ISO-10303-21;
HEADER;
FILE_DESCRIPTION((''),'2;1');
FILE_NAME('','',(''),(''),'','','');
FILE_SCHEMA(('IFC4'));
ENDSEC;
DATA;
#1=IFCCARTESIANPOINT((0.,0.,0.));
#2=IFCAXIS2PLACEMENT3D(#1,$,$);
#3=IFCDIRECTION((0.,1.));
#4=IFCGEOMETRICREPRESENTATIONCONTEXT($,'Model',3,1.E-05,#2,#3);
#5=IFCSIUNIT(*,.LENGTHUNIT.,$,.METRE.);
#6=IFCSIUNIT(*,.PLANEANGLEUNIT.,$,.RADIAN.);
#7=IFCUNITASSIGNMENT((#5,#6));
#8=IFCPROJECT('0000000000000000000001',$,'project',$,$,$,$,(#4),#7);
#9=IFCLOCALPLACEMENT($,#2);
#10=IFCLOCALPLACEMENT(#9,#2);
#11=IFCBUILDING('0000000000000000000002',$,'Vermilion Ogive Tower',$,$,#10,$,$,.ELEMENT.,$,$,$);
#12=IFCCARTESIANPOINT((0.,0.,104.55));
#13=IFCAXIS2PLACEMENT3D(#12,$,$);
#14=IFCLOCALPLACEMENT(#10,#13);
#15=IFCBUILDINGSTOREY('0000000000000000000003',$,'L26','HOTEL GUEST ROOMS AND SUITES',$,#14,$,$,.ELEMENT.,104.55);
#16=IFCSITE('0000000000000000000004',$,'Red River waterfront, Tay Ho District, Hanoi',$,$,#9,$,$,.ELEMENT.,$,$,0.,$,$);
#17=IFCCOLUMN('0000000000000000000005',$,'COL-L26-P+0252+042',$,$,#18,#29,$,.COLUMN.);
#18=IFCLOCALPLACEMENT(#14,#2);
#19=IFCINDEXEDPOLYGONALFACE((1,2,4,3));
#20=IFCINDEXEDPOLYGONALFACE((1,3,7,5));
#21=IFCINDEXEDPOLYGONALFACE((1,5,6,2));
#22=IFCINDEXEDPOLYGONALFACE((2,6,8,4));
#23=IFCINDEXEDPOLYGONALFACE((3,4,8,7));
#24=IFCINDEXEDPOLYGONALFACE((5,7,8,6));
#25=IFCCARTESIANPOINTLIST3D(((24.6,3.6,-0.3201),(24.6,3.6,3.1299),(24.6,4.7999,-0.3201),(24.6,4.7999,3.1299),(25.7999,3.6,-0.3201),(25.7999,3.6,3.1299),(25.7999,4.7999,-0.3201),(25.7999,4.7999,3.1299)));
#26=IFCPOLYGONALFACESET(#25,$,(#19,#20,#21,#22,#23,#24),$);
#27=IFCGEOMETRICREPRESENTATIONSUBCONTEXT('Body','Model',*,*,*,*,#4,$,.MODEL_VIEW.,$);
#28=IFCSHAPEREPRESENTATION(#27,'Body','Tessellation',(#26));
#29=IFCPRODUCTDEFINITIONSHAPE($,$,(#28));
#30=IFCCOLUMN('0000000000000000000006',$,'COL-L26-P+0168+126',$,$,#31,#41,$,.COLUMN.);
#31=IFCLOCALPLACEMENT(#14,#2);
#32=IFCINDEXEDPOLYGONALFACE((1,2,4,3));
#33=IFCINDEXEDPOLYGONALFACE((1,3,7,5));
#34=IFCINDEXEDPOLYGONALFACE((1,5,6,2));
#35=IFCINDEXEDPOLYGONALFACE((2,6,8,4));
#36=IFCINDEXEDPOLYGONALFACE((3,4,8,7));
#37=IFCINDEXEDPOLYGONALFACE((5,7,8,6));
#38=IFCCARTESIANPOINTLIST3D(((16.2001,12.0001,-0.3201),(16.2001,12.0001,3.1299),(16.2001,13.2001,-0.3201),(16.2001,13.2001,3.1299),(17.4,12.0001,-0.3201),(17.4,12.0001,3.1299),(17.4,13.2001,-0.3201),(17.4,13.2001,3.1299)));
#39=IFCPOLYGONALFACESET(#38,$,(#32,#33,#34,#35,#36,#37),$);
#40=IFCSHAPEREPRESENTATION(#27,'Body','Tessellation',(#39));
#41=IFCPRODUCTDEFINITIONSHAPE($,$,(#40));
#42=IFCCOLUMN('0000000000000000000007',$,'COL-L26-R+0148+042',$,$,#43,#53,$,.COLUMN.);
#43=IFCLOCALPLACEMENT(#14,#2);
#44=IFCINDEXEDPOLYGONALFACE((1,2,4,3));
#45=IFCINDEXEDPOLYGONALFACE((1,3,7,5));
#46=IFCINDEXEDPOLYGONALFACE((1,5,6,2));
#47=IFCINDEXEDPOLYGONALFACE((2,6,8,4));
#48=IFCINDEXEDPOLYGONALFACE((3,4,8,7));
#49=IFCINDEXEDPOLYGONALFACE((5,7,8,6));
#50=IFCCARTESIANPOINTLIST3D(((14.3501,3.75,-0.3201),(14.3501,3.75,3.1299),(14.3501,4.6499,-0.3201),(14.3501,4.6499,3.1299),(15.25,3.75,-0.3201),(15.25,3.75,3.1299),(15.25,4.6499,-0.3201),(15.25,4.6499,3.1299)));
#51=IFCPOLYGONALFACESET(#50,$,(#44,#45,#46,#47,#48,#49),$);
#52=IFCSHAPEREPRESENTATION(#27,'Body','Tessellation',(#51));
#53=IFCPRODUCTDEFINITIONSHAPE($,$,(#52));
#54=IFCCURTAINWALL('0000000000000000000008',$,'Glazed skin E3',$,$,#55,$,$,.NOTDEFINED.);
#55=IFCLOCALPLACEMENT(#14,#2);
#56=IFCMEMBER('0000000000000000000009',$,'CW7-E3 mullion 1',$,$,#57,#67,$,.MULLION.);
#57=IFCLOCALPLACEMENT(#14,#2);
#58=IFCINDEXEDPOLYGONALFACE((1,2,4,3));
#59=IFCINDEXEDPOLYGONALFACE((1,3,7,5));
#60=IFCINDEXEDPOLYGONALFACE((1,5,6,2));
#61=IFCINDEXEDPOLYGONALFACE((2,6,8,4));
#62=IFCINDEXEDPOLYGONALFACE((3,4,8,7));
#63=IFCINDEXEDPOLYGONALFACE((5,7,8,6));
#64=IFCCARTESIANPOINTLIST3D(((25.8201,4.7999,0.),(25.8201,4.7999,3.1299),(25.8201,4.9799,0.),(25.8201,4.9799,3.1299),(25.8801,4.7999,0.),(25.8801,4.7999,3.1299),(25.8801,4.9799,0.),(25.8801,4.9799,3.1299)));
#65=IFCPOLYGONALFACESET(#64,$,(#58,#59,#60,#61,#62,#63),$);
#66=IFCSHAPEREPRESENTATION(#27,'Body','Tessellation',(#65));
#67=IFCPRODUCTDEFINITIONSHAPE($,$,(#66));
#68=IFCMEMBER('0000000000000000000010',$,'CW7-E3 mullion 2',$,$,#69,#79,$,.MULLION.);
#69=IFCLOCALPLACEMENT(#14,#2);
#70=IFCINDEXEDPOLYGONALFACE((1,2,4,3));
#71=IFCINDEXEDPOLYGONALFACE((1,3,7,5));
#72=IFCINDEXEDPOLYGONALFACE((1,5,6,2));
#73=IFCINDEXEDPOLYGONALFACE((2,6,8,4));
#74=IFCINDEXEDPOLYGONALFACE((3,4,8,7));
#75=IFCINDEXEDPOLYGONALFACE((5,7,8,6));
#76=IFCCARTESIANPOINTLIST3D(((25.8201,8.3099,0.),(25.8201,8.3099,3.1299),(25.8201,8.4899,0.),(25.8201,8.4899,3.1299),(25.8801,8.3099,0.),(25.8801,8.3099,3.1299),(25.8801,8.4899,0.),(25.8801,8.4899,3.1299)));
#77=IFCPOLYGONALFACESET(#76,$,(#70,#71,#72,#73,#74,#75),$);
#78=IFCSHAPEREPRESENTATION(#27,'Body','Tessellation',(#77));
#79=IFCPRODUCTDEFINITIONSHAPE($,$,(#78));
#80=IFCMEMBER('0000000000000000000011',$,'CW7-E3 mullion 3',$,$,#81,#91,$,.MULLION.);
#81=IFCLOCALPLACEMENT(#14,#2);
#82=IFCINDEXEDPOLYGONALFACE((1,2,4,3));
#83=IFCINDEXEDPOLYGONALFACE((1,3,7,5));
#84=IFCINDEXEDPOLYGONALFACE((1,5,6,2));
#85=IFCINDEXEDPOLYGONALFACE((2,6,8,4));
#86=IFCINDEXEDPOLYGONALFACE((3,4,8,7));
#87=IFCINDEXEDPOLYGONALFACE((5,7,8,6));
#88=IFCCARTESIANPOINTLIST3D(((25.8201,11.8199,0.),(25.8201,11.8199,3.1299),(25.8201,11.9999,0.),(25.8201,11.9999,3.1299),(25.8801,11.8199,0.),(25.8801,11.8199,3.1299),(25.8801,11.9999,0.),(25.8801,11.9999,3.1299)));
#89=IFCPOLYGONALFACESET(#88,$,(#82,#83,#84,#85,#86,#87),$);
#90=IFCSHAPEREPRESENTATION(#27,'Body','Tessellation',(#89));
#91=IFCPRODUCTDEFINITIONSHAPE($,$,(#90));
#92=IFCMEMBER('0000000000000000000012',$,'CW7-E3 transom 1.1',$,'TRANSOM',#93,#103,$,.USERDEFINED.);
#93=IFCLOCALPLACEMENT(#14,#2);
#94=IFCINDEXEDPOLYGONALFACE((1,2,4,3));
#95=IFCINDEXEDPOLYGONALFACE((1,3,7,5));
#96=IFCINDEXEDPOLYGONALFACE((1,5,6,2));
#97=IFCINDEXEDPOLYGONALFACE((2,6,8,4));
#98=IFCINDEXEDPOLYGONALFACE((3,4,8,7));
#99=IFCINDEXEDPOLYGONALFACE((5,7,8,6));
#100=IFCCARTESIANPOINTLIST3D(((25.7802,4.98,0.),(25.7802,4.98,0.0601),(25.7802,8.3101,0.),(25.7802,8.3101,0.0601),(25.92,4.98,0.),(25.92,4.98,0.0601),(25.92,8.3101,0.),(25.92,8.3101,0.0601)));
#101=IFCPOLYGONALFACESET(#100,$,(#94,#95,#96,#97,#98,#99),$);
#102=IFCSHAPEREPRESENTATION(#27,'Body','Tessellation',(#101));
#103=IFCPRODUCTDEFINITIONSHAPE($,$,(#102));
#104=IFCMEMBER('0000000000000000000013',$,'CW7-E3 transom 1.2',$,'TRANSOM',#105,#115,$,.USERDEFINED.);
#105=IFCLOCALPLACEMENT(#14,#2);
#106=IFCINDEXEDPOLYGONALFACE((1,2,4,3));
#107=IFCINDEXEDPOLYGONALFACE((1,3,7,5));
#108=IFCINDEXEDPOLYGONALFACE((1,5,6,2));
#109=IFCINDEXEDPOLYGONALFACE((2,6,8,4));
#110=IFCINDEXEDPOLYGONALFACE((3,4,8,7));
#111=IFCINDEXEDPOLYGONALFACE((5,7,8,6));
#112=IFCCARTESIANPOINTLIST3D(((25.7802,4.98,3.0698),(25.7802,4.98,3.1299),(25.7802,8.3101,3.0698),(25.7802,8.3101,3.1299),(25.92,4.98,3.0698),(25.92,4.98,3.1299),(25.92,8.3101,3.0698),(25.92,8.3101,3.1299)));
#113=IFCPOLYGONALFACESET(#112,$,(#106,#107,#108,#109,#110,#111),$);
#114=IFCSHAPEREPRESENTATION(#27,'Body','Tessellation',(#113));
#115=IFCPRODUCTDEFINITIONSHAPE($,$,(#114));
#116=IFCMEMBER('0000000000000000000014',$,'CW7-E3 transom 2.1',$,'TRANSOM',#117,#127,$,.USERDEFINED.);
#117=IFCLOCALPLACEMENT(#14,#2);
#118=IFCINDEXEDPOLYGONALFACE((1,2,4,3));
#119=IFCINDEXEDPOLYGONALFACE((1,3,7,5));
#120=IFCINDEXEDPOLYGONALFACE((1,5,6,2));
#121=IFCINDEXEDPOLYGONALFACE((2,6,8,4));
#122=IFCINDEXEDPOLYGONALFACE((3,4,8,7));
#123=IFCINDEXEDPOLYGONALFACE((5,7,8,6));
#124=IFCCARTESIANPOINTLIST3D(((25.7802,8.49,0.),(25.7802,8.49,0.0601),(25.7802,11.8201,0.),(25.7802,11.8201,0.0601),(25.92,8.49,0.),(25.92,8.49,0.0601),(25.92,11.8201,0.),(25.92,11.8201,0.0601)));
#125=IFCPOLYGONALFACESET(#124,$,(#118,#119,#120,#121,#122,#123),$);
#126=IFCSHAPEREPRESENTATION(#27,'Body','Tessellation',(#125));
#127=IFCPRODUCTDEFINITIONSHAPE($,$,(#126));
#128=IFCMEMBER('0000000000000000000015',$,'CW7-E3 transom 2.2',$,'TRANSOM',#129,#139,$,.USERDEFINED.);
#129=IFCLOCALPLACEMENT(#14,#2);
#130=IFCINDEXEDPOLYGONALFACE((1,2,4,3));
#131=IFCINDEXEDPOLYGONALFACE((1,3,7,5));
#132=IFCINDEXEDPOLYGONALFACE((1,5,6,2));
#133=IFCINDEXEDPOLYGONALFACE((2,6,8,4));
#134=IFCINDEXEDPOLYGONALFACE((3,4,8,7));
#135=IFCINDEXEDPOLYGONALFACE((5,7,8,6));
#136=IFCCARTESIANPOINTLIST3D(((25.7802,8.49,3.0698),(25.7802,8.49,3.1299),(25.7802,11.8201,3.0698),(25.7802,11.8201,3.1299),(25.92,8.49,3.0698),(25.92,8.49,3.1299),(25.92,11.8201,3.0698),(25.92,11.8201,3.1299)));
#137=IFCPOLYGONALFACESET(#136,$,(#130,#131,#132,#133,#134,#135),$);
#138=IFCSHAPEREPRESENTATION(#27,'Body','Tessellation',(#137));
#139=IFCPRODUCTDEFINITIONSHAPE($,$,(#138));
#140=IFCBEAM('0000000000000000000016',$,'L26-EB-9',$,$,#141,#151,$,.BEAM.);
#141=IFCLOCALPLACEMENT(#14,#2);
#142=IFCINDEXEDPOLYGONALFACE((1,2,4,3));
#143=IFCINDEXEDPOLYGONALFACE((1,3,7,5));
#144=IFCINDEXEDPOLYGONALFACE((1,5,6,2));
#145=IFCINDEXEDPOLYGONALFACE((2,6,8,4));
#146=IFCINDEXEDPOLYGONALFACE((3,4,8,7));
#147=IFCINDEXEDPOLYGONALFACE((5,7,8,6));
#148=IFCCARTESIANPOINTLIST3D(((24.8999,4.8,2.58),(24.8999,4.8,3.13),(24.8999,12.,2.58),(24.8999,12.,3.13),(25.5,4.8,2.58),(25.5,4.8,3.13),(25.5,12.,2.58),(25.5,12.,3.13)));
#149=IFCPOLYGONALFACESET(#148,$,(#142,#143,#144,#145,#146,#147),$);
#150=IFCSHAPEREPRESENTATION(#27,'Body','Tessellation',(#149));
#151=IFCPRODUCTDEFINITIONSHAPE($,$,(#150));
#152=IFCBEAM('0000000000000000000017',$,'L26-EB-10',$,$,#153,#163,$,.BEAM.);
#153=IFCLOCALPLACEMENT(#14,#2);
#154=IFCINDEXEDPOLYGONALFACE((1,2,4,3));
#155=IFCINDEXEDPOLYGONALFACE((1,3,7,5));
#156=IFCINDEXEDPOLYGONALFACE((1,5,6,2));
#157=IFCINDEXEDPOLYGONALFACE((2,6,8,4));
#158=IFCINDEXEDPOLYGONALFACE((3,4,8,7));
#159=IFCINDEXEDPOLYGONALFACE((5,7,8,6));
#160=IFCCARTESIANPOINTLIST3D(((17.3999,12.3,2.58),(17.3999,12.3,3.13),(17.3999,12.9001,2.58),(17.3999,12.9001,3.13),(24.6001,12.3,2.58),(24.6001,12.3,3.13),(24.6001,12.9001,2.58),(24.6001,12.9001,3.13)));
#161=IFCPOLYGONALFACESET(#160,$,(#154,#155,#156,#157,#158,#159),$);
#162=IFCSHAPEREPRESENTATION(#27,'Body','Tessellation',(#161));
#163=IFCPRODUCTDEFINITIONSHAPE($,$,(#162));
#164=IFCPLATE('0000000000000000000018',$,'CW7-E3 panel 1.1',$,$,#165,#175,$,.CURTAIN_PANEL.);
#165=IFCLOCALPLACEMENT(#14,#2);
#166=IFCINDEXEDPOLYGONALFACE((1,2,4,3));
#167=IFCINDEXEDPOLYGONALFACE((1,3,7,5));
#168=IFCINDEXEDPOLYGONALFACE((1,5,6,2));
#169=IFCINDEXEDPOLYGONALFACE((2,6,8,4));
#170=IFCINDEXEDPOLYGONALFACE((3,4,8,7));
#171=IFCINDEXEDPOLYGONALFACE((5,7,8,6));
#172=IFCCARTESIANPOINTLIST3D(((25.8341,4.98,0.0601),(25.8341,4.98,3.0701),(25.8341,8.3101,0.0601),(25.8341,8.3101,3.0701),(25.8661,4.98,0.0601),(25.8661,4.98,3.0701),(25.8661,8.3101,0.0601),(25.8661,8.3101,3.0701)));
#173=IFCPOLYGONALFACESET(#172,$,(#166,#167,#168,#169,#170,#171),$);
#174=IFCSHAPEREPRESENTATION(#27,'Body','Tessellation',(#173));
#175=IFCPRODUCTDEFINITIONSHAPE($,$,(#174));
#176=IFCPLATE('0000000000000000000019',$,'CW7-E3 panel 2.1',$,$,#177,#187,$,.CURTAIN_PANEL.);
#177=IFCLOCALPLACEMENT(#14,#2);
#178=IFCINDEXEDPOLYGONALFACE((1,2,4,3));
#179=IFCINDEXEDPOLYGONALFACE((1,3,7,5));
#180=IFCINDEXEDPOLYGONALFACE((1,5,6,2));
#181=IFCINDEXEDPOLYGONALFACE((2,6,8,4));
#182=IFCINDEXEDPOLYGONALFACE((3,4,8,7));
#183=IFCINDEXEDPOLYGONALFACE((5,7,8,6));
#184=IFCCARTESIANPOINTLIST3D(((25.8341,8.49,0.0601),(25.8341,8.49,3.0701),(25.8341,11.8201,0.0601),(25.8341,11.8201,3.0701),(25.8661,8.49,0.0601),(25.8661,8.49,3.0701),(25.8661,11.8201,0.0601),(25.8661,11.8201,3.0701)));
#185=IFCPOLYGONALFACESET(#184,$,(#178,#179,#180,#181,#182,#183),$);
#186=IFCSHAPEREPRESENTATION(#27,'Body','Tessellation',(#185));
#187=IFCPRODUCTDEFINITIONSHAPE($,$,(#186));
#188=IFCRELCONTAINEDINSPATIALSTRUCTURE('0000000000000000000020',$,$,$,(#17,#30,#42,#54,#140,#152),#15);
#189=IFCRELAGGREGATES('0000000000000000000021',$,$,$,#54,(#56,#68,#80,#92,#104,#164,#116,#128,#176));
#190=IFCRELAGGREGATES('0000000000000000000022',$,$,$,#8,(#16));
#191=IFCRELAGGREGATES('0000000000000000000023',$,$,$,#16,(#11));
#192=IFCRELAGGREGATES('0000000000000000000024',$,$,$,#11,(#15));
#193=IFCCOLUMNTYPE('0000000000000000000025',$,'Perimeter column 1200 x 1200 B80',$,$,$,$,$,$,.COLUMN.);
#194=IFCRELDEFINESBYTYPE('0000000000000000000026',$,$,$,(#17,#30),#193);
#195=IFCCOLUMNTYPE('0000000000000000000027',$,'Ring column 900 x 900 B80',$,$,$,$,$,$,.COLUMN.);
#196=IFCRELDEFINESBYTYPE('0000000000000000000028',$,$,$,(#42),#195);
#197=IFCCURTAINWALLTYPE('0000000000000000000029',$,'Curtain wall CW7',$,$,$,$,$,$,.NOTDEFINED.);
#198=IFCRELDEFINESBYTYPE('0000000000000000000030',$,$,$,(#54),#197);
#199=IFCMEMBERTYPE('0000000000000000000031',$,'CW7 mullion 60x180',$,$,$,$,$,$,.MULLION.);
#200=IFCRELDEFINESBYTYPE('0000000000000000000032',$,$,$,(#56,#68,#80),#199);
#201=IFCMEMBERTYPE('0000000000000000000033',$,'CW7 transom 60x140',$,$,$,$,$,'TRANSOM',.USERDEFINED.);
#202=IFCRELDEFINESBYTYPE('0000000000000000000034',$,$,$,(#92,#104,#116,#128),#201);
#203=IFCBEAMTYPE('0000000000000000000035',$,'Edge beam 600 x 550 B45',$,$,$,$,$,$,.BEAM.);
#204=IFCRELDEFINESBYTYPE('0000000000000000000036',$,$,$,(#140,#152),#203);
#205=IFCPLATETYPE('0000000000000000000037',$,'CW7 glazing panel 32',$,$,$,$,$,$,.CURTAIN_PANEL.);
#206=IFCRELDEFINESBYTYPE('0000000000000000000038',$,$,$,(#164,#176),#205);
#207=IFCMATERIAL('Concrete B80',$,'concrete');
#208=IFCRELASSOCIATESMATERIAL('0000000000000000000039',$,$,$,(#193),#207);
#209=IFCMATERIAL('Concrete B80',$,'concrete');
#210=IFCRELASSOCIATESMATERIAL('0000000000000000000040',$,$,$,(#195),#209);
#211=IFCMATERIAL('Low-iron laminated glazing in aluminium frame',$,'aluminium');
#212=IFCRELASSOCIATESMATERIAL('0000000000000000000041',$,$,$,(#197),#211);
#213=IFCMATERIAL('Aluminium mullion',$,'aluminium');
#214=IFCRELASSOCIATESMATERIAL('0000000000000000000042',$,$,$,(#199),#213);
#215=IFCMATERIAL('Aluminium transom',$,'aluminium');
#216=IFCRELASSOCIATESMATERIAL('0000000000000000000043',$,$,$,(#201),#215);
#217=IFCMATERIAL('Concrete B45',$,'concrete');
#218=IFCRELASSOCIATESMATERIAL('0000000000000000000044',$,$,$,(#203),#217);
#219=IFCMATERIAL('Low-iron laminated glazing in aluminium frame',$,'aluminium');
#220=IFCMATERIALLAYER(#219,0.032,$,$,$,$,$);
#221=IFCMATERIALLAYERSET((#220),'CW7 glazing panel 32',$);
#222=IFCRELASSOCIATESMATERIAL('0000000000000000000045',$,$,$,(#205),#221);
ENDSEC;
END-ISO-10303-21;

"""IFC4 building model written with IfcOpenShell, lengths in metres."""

from ifc_helpers import new_model, si_unit, direction, frame, origin, origin_2d, place, context, subcontext, project, spatial, rectangle, extrude, material, layer, layer_set, material_profile, profile_set, type_object, element, aggregate, save


model = new_model("IFC4")

# Units and contexts
model_context = context("Model", 3, precision=1e-05, world=origin(), true_north=direction((0.0, 1.0)))
body_context = subcontext(model_context, "Body", "Model", "MODEL_VIEW")
ifc_project = project(units=[si_unit("LENGTHUNIT", "METRE"), si_unit("PLANEANGLEUNIT", "RADIAN")], contexts=[model_context])

# Site, building, storey
site_placement = place(None, origin())
site = spatial("IfcSite", under=ifc_project, at=site_placement, Name="Red River waterfront, Tay Ho District, Hanoi", CompositionType="ELEMENT", RefElevation=0.0)
building_placement = place(site_placement, origin())
building = spatial("IfcBuilding", under=site, at=building_placement, Name="Vermilion Ogive Tower", CompositionType="ELEMENT")
storey_placement = place(building_placement, frame((0.0, 0.0, 104.55)))
storey = spatial("IfcBuildingStorey", under=building, at=storey_placement, Name="L26", Description="HOTEL GUEST ROOMS AND SUITES", CompositionType="ELEMENT", Elevation=104.55)

# Columns
ifc_material_1 = material(Name="Concrete B80", Category="concrete")
ifc_material_profile_1 = material_profile(ifc_material_1, rectangle(XDim=1.2, YDim=1.2, at=origin_2d()), Name="1200 x 1200")
ifc_profile_set_1 = profile_set([ifc_material_profile_1], Name="Concrete B80")
column_type_1 = type_object("IfcColumnType", Name="Perimeter column 1200 x 1200 B80", PredefinedType="COLUMN", material=ifc_profile_set_1)
for number, where, z_axis, x_axis, name in (
    (1, (25.2, 4.2, -0.3201), (0.0, 0.0, 1.0), (1.0, 0.0, 0.0), "COL-L26-P+0252+042"),
    (2, (16.8, 12.6001, -0.3201), (0.0, 0.0, 1.0), (1.0, 0.0, 0.0), "COL-L26-P+0168+126"),
):
    element("IfcColumn", number, at=place(storey_placement, frame(where, z_axis=z_axis, x_axis=x_axis)), inside=storey, type_object=column_type_1, Name=name, PredefinedType="COLUMN", context=body_context, shape_type="SweptSolid", body=[
        extrude(rectangle(XDim=1.2, YDim=1.2, at=origin_2d()), origin(), (0.0, 0.0, 1.0), 3.45),
    ])
ifc_material_2 = material(Name="Concrete B80", Category="concrete")
ifc_material_profile_2 = material_profile(ifc_material_2, rectangle(XDim=0.8999, YDim=0.8999, at=origin_2d()), Name="900 x 900")
ifc_profile_set_2 = profile_set([ifc_material_profile_2], Name="Concrete B80")
column_type_2 = type_object("IfcColumnType", Name="Ring column 900 x 900 B80", PredefinedType="COLUMN", material=ifc_profile_set_2)
column_placement = place(storey_placement, frame((14.8, 4.2, -0.3201), z_axis=(0.0, 0.0, 1.0), x_axis=(1.0, 0.0, 0.0)))
element("IfcColumn", 3, at=column_placement, inside=storey, type_object=column_type_2, Name="COL-L26-R+0148+042", PredefinedType="COLUMN", context=body_context, shape_type="SweptSolid", body=[
    extrude(rectangle(XDim=0.8999, YDim=0.8999, at=origin_2d()), origin(), (0.0, 0.0, 1.0), 3.45),
])

# Curtain wall, members
ifc_material_3 = material(Name="Low-iron laminated glazing in aluminium frame", Category="aluminium")
curtain_wall_type = type_object("IfcCurtainWallType", Name="Curtain wall CW7", PredefinedType="NOTDEFINED", material=ifc_material_3)
curtain_wall_placement = place(storey_placement, origin())
curtain_wall = element("IfcCurtainWall", 4, at=curtain_wall_placement, inside=storey, type_object=curtain_wall_type, Name="Glazed skin E3", PredefinedType="NOTDEFINED")
ifc_material_4 = material(Name="Aluminium mullion", Category="aluminium")
ifc_material_profile_3 = material_profile(ifc_material_4, rectangle(XDim=0.0601, YDim=0.1799, at=origin_2d()), Name="AL 60x180")
ifc_profile_set_3 = profile_set([ifc_material_profile_3], Name="Aluminium mullion")
member_type_1 = type_object("IfcMemberType", Name="CW7 mullion 60x180", PredefinedType="MULLION", material=ifc_profile_set_3)
member_1_placement = place(storey_placement, frame((25.8501, 4.8899, 0.0), z_axis=(0.0, 0.0, 1.0), x_axis=(-1.0, 0.0, 0.0)))
member_1 = element("IfcMember", 5, at=member_1_placement, type_object=member_type_1, Name="CW7-E3 mullion 1", PredefinedType="MULLION", context=body_context, shape_type="SweptSolid", body=[
    extrude(rectangle(XDim=0.0601, YDim=0.1799, at=origin_2d()), origin(), (0.0, 0.0, 1.0), 3.1299),
])
member_2_placement = place(storey_placement, frame((25.8501, 8.3999, 0.0), z_axis=(0.0, 0.0, 1.0), x_axis=(-1.0, 0.0, 0.0)))
member_2 = element("IfcMember", 6, at=member_2_placement, type_object=member_type_1, Name="CW7-E3 mullion 2", PredefinedType="MULLION", context=body_context, shape_type="SweptSolid", body=[
    extrude(rectangle(XDim=0.0601, YDim=0.1799, at=origin_2d()), origin(), (0.0, 0.0, 1.0), 3.1299),
])
member_3_placement = place(storey_placement, frame((25.8501, 11.9099, 0.0), z_axis=(0.0, 0.0, 1.0), x_axis=(-1.0, 0.0, 0.0)))
member_3 = element("IfcMember", 7, at=member_3_placement, type_object=member_type_1, Name="CW7-E3 mullion 3", PredefinedType="MULLION", context=body_context, shape_type="SweptSolid", body=[
    extrude(rectangle(XDim=0.0601, YDim=0.1799, at=origin_2d()), origin(), (0.0, 0.0, 1.0), 3.1299),
])
ifc_material_5 = material(Name="Aluminium transom", Category="aluminium")
ifc_material_profile_4 = material_profile(ifc_material_5, rectangle(XDim=0.1399, YDim=0.0601, at=origin_2d()), Name="AL 60x140")
ifc_profile_set_4 = profile_set([ifc_material_profile_4], Name="Aluminium transom")
member_type_2 = type_object("IfcMemberType", Name="CW7 transom 60x140", ElementType="TRANSOM", PredefinedType="USERDEFINED", material=ifc_profile_set_4)
member_4_placement = place(storey_placement, frame((25.8501, 4.98, 0.03), z_axis=(0.0, 1.0, 0.0), x_axis=(-1.0, 0.0, 0.0)))
member_4 = element("IfcMember", 8, at=member_4_placement, type_object=member_type_2, Name="CW7-E3 transom 1.1", ObjectType="TRANSOM", PredefinedType="USERDEFINED", context=body_context, shape_type="SweptSolid", body=[
    extrude(rectangle(XDim=0.1399, YDim=0.0601, at=origin_2d()), origin(), (0.0, 0.0, 1.0), 3.3301),
])
member_5_placement = place(storey_placement, frame((25.8501, 4.98, 3.0999), z_axis=(0.0, 1.0, 0.0), x_axis=(-1.0, 0.0, 0.0)))
member_5 = element("IfcMember", 9, at=member_5_placement, type_object=member_type_2, Name="CW7-E3 transom 1.2", ObjectType="TRANSOM", PredefinedType="USERDEFINED", context=body_context, shape_type="SweptSolid", body=[
    extrude(rectangle(XDim=0.1399, YDim=0.0601, at=origin_2d()), origin(), (0.0, 0.0, 1.0), 3.3301),
])
member_6_placement = place(storey_placement, frame((25.8501, 8.49, 0.03), z_axis=(0.0, 1.0, 0.0), x_axis=(-1.0, 0.0, 0.0)))
member_6 = element("IfcMember", 10, at=member_6_placement, type_object=member_type_2, Name="CW7-E3 transom 2.1", ObjectType="TRANSOM", PredefinedType="USERDEFINED", context=body_context, shape_type="SweptSolid", body=[
    extrude(rectangle(XDim=0.1399, YDim=0.0601, at=origin_2d()), origin(), (0.0, 0.0, 1.0), 3.3301),
])
member_7_placement = place(storey_placement, frame((25.8501, 8.49, 3.0999), z_axis=(0.0, 1.0, 0.0), x_axis=(-1.0, 0.0, 0.0)))
member_7 = element("IfcMember", 11, at=member_7_placement, type_object=member_type_2, Name="CW7-E3 transom 2.2", ObjectType="TRANSOM", PredefinedType="USERDEFINED", context=body_context, shape_type="SweptSolid", body=[
    extrude(rectangle(XDim=0.1399, YDim=0.0601, at=origin_2d()), origin(), (0.0, 0.0, 1.0), 3.3301),
])

# Beams
ifc_material_6 = material(Name="Concrete B45", Category="concrete")
ifc_material_profile_5 = material_profile(ifc_material_6, rectangle(XDim=0.6001, YDim=0.55, at=origin_2d()), Name="600 x 550")
ifc_profile_set_5 = profile_set([ifc_material_profile_5], Name="Concrete B45")
beam_type = type_object("IfcBeamType", Name="Edge beam 600 x 550 B45", PredefinedType="BEAM", material=ifc_profile_set_5)
beam_1_placement = place(storey_placement, frame((25.2, 4.8, 2.855), z_axis=(0.0, 1.0, 0.0), x_axis=(-1.0, 0.0, 0.0)))
element("IfcBeam", 12, at=beam_1_placement, inside=storey, type_object=beam_type, Name="L26-EB-9", PredefinedType="BEAM", context=body_context, shape_type="SweptSolid", body=[
    extrude(rectangle(XDim=0.6001, YDim=0.55, at=origin_2d()), origin(), (0.0, 0.0, 1.0), 7.2),
])
beam_2_placement = place(storey_placement, frame((24.6001, 12.6001, 2.855), z_axis=(-1.0, 0.0, 0.0), x_axis=(0.0, -1.0, 0.0)))
element("IfcBeam", 13, at=beam_2_placement, inside=storey, type_object=beam_type, Name="L26-EB-10", PredefinedType="BEAM", context=body_context, shape_type="SweptSolid", body=[
    extrude(rectangle(XDim=0.6001, YDim=0.55, at=origin_2d()), origin(), (0.0, 0.0, 1.0), 7.2002),
])

# Plates
ifc_material_7 = material(Name="Low-iron laminated glazing in aluminium frame", Category="aluminium")
ifc_layer_1 = layer(ifc_material_7, 0.032)
ifc_layer_set_1 = layer_set([ifc_layer_1], Name="CW7 glazing panel 32")
plate_type = type_object("IfcPlateType", Name="CW7 glazing panel 32", PredefinedType="CURTAIN_PANEL", material=ifc_layer_set_1)
plate_1_placement = place(storey_placement, frame((25.8501, 6.645, 0.0601), z_axis=(0.0, 0.0, 1.0), x_axis=(0.0, 1.0, 0.0)))
plate_1 = element("IfcPlate", 14, at=plate_1_placement, type_object=plate_type, Name="CW7-E3 panel 1.1", PredefinedType="CURTAIN_PANEL", context=body_context, shape_type="SweptSolid", body=[
    extrude(rectangle(XDim=3.3301, YDim=0.032, at=origin_2d()), origin(), (0.0, 0.0, 1.0), 3.01),
])
plate_2_placement = place(storey_placement, frame((25.8501, 10.155, 0.0601), z_axis=(0.0, 0.0, 1.0), x_axis=(0.0, 1.0, 0.0)))
plate_2 = element("IfcPlate", 15, at=plate_2_placement, type_object=plate_type, Name="CW7-E3 panel 2.1", PredefinedType="CURTAIN_PANEL", context=body_context, shape_type="SweptSolid", body=[
    extrude(rectangle(XDim=3.3301, YDim=0.032, at=origin_2d()), origin(), (0.0, 0.0, 1.0), 3.01),
])
aggregate(curtain_wall, [member_1, member_2, member_3, member_4, member_5, plate_1, member_6, member_7, plate_2])

save(model, "model.ifc")
